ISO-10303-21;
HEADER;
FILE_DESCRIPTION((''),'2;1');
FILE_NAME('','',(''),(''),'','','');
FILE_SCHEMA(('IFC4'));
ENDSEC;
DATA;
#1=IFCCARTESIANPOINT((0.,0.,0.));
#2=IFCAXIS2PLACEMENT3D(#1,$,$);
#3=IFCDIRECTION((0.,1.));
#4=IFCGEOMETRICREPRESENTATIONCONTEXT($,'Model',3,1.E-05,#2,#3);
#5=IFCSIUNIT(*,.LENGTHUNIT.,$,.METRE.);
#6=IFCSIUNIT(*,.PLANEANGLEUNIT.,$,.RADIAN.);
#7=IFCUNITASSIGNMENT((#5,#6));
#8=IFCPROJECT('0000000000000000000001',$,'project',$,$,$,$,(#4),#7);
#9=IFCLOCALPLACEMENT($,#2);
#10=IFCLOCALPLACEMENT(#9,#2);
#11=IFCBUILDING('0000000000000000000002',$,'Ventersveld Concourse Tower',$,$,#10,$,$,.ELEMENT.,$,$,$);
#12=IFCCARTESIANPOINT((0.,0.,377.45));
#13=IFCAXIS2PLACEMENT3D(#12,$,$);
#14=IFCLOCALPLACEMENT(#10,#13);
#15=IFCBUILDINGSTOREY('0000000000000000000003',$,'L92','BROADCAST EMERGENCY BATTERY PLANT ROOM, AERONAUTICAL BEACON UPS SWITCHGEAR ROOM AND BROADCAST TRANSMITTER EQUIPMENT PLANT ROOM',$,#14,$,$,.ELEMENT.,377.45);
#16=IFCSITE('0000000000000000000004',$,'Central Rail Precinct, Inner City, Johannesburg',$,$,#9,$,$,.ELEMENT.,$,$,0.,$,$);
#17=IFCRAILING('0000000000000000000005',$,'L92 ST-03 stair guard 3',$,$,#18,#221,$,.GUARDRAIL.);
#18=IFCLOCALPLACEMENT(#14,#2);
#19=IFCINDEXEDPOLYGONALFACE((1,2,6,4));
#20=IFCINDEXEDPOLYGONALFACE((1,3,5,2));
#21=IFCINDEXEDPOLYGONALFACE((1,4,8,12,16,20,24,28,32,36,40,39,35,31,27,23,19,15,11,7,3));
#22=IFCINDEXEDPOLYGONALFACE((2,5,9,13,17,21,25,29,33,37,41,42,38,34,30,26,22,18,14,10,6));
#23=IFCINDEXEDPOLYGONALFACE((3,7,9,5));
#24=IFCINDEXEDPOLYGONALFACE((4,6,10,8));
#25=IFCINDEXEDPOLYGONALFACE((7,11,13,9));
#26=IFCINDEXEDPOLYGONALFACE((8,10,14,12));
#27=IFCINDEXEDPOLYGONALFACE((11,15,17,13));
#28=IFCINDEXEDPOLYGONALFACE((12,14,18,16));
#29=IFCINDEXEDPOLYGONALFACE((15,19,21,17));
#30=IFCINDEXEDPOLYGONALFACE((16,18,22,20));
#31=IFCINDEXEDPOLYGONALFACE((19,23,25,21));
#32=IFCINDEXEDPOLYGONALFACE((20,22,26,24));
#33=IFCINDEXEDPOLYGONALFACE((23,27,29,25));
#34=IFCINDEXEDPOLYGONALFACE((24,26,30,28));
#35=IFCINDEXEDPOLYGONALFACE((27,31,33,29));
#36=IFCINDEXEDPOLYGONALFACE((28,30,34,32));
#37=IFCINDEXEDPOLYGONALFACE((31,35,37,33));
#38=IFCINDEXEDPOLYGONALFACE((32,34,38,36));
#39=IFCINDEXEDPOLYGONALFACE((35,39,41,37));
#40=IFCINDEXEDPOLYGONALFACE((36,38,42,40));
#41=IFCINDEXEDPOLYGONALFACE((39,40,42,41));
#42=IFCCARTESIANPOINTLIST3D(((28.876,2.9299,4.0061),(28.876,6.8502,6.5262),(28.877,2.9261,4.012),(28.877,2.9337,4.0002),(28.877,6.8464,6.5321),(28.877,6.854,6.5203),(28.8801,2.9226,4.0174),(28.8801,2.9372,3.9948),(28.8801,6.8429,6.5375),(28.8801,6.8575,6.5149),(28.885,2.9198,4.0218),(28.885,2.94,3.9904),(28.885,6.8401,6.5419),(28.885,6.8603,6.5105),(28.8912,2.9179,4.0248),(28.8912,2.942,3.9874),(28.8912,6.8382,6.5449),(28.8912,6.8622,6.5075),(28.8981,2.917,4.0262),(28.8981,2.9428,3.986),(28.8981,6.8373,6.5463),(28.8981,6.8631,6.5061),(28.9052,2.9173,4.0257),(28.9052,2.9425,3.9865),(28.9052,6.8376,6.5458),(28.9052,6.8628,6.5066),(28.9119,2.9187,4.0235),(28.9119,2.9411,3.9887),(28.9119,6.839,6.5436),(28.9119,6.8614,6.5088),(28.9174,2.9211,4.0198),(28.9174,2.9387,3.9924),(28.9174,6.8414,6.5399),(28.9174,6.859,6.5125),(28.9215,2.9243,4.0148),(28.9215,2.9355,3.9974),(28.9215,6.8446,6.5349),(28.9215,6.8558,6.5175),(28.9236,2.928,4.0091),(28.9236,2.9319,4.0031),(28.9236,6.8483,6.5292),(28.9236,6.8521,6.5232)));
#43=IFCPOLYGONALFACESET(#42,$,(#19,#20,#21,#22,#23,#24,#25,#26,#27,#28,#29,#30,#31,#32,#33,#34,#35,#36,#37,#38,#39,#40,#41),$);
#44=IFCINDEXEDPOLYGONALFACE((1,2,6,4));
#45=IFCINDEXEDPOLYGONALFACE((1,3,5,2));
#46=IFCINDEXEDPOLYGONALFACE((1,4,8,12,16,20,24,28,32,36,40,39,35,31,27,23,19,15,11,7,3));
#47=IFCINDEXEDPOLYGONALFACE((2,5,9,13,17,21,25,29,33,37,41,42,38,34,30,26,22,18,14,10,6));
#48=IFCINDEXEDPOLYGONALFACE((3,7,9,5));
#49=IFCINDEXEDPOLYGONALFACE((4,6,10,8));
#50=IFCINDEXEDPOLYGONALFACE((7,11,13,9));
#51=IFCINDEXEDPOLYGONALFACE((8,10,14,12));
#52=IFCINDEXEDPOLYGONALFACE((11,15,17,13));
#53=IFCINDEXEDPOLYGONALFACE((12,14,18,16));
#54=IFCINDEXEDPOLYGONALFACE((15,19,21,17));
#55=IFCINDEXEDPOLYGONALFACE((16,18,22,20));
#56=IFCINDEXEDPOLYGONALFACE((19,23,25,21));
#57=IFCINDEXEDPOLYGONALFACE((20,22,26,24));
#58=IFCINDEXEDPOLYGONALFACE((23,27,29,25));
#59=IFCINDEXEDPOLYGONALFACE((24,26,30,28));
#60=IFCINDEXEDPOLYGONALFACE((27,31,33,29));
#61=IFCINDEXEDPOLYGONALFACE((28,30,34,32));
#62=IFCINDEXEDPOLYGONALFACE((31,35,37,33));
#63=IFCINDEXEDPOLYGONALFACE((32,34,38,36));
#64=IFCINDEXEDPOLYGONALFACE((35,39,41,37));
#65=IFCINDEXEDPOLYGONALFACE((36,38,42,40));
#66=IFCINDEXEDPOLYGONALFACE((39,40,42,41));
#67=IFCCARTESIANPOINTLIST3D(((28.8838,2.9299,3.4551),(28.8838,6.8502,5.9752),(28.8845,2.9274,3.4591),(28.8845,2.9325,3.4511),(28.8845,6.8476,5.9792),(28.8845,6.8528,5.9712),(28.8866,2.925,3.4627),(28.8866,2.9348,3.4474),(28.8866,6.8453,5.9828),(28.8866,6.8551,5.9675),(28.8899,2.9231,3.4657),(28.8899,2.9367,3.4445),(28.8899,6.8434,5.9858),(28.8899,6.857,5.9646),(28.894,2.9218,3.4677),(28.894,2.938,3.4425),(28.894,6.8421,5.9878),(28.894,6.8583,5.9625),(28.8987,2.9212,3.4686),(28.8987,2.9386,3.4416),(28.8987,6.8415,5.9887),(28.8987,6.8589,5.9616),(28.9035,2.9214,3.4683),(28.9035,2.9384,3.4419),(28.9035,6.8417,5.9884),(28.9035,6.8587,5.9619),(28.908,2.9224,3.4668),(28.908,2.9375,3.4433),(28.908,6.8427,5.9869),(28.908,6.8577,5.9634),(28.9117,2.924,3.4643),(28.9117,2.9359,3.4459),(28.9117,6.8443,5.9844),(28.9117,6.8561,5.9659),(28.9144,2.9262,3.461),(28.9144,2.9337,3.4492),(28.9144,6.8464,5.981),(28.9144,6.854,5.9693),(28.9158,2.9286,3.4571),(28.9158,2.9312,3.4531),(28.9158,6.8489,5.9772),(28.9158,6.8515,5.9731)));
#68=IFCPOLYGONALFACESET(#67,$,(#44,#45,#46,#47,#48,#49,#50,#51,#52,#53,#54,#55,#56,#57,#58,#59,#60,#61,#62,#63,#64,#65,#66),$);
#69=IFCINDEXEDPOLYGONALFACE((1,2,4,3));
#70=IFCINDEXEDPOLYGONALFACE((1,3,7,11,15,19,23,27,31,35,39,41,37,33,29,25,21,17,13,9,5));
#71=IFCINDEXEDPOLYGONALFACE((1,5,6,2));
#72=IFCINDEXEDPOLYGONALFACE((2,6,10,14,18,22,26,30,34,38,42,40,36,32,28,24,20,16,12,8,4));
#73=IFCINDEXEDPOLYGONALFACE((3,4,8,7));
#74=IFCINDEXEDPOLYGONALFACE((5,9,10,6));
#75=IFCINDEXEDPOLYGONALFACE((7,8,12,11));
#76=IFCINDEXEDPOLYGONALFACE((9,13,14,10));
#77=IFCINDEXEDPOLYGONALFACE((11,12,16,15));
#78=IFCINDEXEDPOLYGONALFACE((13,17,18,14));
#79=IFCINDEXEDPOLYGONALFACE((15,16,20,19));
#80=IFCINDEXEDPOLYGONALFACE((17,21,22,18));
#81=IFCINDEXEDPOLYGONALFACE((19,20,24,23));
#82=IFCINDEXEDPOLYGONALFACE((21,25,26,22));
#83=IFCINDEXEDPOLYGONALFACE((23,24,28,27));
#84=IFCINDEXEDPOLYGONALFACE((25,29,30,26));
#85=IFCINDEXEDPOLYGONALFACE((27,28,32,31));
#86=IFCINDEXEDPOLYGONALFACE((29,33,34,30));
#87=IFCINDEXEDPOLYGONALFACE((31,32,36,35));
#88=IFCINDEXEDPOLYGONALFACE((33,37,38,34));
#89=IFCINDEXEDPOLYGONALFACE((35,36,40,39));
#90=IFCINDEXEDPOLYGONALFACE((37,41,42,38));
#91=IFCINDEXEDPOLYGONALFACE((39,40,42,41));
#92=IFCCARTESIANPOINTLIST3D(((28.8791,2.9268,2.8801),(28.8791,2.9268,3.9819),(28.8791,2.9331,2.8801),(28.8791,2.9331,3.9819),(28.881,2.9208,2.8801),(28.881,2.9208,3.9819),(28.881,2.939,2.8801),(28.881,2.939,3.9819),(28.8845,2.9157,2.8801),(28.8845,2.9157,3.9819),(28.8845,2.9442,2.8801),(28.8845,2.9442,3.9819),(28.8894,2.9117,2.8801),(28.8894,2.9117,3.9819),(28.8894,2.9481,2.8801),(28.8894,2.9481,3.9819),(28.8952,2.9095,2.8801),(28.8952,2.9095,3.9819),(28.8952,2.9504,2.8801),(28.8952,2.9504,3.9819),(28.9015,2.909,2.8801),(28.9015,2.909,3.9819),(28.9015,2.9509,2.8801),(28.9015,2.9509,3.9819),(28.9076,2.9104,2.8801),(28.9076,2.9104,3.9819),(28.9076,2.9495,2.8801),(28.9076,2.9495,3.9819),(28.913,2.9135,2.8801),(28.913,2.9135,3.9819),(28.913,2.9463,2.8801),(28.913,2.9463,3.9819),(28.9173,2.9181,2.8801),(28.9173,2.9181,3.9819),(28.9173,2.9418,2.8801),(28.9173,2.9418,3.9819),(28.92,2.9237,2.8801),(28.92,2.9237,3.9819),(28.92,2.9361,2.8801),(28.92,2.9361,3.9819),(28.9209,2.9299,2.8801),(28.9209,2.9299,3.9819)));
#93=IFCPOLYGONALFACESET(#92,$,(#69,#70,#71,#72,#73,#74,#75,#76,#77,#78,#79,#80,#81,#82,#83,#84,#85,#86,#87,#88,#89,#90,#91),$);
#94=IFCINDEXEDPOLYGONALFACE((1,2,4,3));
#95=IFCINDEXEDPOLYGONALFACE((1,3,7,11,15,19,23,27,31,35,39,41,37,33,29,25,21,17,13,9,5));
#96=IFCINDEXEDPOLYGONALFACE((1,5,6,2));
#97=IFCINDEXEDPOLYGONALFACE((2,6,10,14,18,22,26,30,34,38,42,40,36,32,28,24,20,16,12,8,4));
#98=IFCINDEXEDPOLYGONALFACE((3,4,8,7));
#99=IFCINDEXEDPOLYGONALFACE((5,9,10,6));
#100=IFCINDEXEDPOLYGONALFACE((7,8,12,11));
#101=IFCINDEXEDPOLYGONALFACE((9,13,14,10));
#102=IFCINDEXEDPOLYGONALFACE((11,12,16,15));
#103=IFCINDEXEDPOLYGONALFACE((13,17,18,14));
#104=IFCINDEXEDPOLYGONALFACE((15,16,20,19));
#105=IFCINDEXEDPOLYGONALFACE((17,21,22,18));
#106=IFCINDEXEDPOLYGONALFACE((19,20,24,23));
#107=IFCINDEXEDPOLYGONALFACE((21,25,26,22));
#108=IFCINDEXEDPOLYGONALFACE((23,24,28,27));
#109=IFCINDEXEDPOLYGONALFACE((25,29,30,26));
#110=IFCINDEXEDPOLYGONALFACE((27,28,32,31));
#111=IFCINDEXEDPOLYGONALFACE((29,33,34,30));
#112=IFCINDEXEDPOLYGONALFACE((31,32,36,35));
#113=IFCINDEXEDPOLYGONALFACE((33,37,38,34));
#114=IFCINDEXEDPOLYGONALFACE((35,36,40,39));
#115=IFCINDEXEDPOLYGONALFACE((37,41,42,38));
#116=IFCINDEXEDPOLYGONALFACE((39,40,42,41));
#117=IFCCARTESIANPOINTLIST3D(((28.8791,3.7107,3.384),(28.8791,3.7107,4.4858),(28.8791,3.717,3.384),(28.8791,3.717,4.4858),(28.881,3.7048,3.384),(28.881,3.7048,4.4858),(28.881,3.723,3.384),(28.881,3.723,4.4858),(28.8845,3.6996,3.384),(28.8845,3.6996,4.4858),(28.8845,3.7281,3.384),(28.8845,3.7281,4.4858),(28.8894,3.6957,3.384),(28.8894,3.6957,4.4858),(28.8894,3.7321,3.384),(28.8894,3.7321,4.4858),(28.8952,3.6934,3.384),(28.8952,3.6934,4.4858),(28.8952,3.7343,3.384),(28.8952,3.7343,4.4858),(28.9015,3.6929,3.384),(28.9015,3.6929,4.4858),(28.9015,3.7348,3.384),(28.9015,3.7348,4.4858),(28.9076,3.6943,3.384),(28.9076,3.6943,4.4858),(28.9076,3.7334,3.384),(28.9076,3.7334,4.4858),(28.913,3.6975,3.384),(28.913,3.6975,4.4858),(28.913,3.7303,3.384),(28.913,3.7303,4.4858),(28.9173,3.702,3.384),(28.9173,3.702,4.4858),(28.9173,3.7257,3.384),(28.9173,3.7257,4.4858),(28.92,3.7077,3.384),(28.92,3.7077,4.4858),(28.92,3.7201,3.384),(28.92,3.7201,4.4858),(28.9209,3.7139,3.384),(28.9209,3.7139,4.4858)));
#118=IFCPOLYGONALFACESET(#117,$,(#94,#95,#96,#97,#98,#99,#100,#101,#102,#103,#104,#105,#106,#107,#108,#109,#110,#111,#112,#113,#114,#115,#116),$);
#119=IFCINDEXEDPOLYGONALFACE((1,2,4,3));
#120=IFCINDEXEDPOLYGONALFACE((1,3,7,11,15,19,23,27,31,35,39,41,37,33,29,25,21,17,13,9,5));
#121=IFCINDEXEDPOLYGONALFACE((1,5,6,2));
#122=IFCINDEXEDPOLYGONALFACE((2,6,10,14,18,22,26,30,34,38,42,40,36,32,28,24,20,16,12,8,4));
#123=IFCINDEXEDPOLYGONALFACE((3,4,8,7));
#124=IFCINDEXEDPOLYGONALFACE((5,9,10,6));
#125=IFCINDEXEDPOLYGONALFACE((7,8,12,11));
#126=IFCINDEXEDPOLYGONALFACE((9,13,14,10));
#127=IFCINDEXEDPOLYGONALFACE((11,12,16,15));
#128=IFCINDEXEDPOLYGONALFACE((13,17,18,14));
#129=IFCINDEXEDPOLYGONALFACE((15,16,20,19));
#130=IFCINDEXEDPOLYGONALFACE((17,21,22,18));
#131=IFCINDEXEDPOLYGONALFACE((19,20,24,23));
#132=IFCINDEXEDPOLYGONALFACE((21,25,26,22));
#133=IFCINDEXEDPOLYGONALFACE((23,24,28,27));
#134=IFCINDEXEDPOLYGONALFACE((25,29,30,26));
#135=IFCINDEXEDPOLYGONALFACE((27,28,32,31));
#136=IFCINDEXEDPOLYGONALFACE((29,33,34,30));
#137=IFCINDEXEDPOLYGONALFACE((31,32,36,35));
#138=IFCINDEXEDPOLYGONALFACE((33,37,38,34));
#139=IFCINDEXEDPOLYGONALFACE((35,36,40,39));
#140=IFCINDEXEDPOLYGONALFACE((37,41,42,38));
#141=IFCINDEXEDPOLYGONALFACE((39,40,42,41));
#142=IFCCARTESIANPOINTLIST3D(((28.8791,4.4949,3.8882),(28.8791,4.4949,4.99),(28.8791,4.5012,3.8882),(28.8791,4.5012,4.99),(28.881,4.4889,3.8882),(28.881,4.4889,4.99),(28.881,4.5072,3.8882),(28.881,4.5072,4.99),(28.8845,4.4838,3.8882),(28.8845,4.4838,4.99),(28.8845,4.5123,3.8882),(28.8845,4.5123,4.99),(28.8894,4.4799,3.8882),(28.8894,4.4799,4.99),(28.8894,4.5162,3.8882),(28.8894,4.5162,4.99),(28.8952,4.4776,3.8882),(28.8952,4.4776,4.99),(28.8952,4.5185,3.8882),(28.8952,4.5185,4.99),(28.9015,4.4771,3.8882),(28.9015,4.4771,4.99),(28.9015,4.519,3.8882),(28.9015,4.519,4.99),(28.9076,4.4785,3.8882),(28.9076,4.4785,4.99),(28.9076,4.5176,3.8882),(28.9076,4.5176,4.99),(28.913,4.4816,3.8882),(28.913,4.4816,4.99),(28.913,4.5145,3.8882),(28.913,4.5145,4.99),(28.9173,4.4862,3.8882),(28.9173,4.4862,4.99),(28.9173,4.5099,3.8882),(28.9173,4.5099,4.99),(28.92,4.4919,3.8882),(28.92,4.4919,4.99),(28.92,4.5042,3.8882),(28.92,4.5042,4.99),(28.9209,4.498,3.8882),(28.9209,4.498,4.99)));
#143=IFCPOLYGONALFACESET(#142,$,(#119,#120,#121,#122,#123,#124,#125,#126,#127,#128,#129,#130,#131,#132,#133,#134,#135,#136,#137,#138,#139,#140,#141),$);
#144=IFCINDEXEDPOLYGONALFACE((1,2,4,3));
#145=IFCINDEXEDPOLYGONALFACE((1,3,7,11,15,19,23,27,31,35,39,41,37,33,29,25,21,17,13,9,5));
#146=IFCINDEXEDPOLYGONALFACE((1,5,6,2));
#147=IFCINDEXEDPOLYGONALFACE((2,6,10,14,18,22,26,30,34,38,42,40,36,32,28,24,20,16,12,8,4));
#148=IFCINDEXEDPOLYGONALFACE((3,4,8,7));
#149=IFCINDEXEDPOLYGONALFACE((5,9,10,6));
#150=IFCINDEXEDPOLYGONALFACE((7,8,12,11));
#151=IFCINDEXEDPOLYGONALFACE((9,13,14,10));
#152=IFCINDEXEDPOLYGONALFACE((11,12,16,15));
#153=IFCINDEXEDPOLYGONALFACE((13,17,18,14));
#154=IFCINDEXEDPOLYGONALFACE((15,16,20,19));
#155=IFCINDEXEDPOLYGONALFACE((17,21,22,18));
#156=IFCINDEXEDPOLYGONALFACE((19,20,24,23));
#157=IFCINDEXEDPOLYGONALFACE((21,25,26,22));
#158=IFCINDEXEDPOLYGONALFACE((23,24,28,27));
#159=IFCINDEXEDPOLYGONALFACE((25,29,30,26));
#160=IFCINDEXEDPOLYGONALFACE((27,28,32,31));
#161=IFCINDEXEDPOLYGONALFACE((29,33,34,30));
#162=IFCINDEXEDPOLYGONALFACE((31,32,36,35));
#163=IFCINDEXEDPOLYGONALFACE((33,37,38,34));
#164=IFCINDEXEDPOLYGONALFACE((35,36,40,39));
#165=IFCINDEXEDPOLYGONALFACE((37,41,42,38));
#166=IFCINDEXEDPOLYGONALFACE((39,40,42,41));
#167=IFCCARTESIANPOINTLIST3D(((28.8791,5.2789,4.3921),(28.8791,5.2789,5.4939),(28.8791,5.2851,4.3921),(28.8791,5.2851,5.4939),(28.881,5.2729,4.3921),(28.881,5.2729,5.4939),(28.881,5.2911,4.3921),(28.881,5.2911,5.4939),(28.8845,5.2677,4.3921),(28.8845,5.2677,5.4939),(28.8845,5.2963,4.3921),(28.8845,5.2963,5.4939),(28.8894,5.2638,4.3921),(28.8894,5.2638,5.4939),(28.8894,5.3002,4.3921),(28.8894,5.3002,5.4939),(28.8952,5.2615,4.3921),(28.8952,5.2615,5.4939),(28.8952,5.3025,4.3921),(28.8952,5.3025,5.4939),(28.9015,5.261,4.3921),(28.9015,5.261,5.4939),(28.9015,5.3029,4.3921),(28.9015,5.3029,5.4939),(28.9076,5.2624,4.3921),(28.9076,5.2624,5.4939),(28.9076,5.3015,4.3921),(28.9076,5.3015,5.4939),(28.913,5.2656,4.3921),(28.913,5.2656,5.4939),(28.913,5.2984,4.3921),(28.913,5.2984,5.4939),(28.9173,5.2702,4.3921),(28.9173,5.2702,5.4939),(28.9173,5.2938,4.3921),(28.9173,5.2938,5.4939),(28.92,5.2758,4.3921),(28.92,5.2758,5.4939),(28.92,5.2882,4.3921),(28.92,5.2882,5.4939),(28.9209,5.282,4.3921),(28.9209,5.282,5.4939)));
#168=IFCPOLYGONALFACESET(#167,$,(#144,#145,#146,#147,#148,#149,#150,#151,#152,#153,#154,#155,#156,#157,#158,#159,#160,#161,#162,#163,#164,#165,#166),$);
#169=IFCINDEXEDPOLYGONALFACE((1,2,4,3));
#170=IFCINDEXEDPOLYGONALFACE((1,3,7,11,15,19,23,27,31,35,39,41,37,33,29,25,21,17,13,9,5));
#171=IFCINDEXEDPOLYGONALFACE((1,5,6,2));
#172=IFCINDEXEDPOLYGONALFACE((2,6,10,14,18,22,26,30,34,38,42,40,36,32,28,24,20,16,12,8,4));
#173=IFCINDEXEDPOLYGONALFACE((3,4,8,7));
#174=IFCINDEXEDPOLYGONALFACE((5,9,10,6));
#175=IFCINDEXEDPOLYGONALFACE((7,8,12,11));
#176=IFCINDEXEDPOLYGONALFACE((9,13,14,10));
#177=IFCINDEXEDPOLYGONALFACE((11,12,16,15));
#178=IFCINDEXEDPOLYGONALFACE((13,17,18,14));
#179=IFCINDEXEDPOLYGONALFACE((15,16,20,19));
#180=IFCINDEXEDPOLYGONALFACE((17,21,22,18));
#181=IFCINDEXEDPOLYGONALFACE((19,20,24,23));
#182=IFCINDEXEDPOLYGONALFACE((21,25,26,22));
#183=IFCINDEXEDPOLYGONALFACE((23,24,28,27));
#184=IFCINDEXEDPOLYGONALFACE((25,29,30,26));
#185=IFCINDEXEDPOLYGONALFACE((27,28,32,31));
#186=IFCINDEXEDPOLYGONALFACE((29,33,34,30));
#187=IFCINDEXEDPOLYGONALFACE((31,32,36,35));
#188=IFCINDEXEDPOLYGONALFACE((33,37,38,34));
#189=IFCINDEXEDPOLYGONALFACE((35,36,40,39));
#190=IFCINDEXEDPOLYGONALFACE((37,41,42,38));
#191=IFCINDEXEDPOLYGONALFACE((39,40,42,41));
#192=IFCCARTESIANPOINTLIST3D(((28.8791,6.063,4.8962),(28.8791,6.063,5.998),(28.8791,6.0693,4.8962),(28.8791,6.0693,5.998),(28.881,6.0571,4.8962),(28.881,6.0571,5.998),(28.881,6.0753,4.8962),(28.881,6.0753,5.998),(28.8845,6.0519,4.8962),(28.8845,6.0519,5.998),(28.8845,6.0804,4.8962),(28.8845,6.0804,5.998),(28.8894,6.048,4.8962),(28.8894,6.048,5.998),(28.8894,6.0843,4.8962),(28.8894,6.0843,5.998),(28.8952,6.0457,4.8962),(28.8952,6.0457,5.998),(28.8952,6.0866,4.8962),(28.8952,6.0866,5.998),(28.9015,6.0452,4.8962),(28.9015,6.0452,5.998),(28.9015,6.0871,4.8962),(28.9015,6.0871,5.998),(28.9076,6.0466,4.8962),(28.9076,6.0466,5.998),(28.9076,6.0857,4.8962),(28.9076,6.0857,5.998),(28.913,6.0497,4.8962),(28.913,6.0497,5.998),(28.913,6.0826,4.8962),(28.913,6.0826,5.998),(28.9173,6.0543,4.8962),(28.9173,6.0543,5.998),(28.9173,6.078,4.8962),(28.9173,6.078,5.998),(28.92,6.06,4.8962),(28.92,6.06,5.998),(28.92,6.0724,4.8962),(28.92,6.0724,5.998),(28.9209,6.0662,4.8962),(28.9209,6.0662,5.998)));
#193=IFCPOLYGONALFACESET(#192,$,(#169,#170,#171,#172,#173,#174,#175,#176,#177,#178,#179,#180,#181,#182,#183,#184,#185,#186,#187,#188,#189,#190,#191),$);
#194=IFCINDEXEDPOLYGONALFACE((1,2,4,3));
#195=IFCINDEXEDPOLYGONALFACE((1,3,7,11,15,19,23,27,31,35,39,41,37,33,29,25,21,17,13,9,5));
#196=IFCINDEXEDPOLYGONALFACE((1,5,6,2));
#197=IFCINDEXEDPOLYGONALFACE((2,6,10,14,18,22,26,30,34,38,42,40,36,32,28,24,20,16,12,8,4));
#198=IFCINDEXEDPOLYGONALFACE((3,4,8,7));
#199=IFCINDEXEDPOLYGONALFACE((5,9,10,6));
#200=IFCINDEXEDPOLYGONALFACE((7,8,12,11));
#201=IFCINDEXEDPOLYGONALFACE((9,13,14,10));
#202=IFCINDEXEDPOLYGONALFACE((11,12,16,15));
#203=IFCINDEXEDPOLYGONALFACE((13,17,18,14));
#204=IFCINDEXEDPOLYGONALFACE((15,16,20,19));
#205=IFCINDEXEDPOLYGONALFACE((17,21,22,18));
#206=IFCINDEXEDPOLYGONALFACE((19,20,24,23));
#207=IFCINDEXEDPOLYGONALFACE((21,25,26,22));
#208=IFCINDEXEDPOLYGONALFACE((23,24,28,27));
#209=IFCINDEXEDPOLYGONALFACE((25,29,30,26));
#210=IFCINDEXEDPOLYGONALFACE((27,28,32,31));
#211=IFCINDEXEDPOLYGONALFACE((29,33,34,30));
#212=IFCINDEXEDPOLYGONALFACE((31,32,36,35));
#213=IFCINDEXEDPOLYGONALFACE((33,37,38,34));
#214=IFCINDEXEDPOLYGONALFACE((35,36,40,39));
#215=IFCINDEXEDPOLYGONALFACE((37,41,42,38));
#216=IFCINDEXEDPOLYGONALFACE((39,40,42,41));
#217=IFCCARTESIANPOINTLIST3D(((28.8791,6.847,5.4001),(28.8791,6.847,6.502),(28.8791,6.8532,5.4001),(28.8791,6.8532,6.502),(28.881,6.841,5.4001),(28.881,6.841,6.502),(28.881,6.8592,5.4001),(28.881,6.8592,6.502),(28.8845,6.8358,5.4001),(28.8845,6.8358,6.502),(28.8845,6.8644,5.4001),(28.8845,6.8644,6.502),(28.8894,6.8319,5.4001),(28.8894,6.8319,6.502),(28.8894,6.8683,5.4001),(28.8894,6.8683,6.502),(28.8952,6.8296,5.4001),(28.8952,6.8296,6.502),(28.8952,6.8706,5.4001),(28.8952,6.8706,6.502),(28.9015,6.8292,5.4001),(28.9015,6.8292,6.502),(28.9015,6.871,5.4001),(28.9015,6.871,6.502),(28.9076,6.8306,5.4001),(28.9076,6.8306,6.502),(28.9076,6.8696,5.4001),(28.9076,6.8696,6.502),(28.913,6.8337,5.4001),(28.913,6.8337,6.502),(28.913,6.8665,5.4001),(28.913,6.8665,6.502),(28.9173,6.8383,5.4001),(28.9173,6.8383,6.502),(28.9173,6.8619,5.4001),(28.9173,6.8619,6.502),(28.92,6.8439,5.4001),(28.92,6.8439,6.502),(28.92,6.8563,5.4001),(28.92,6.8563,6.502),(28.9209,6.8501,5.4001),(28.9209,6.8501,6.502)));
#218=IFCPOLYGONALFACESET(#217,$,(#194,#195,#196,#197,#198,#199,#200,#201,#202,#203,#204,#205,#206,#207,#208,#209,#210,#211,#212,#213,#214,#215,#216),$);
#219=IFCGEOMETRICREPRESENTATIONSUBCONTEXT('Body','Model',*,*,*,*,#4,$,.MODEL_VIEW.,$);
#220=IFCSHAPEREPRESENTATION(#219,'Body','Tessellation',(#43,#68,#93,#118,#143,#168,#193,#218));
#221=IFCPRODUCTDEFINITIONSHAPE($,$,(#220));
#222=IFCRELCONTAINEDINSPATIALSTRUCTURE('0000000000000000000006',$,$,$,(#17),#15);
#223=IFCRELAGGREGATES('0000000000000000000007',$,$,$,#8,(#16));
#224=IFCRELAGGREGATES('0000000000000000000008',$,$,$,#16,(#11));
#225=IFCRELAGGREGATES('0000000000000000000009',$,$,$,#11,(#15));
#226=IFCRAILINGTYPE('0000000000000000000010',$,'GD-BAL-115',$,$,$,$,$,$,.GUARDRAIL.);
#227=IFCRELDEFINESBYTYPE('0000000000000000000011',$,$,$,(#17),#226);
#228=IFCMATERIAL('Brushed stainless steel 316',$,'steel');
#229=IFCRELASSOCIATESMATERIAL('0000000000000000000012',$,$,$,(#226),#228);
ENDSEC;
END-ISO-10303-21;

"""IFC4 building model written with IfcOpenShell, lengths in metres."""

from ifc_helpers import new_model, si_unit, direction, frame, origin, origin_2d, place, context, subcontext, project, spatial, circle, extrude, material, type_object, element, save


model = new_model("IFC4")

# Units and contexts
model_context = context("Model", 3, precision=1e-05, world=origin(), true_north=direction((0.0, 1.0)))
body_context = subcontext(model_context, "Body", "Model", "MODEL_VIEW")
ifc_project = project(units=[si_unit("LENGTHUNIT", "METRE"), si_unit("PLANEANGLEUNIT", "RADIAN")], contexts=[model_context])

# Site, building, storey
site_placement = place(None, origin())
site = spatial("IfcSite", under=ifc_project, at=site_placement, Name="Central Rail Precinct, Inner City, Johannesburg", CompositionType="ELEMENT", RefElevation=0.0)
building_placement = place(site_placement, origin())
building = spatial("IfcBuilding", under=site, at=building_placement, Name="Ventersveld Concourse Tower", CompositionType="ELEMENT")
storey_placement = place(building_placement, frame((0.0, 0.0, 377.45)))
storey = spatial("IfcBuildingStorey", under=building, at=storey_placement, Name="L92", Description="BROADCAST EMERGENCY BATTERY PLANT ROOM, AERONAUTICAL BEACON UPS SWITCHGEAR ROOM AND BROADCAST TRANSMITTER EQUIPMENT PLANT ROOM", CompositionType="ELEMENT", Elevation=377.45)

# Shared definitions
ifc_material_1 = material(Name="Brushed stainless steel 316", Category="steel")

# Railing
railing_type_1 = type_object("IfcRailingType", Name="GD-BAL-115", PredefinedType="GUARDRAIL", material=ifc_material_1)
railing_1_placement = place(storey_placement, frame((28.8999, 2.9299, 2.8801)))
element("IfcRailing", 1, at=railing_1_placement, inside=storey, type_object=railing_type_1, Name="L92 ST-03 stair guard 3", PredefinedType="GUARDRAIL", context=body_context, shape_type="SweptSolid", body=[
    extrude(circle(Radius=0.0239, at=origin_2d()), frame((0.0, 0.0, 1.126), z_axis=(0.0, 0.841187, 0.540744), x_axis=(-1.0, 0.0, 0.0)), (0.0, 0.0, 1.0), 4.6604),
    extrude(circle(Radius=0.0161, at=origin_2d()), frame((0.0, 0.0, 0.575), z_axis=(0.0, 0.841187, 0.540744), x_axis=(-1.0, 0.0, 0.0)), (0.0, 0.0, 1.0), 4.6604),
    extrude(circle(Radius=0.021, at=origin_2d()), origin(), (0.0, 0.0, 1.0), 1.1018),
    extrude(circle(Radius=0.021, at=origin_2d()), frame((0.0, 0.7839, 0.5039)), (0.0, 0.0, 1.0), 1.1018),
    extrude(circle(Radius=0.021, at=origin_2d()), frame((0.0, 1.5681, 1.0081)), (0.0, 0.0, 1.0), 1.1018),
    extrude(circle(Radius=0.021, at=origin_2d()), frame((0.0, 2.3521, 1.512)), (0.0, 0.0, 1.0), 1.1018),
    extrude(circle(Radius=0.021, at=origin_2d()), frame((0.0, 3.1362, 2.0161)), (0.0, 0.0, 1.0), 1.1018),
    extrude(circle(Radius=0.021, at=origin_2d()), frame((0.0, 3.9202, 2.52)), (0.0, 0.0, 1.0), 1.1018),
])

save(model, "model.ifc")
